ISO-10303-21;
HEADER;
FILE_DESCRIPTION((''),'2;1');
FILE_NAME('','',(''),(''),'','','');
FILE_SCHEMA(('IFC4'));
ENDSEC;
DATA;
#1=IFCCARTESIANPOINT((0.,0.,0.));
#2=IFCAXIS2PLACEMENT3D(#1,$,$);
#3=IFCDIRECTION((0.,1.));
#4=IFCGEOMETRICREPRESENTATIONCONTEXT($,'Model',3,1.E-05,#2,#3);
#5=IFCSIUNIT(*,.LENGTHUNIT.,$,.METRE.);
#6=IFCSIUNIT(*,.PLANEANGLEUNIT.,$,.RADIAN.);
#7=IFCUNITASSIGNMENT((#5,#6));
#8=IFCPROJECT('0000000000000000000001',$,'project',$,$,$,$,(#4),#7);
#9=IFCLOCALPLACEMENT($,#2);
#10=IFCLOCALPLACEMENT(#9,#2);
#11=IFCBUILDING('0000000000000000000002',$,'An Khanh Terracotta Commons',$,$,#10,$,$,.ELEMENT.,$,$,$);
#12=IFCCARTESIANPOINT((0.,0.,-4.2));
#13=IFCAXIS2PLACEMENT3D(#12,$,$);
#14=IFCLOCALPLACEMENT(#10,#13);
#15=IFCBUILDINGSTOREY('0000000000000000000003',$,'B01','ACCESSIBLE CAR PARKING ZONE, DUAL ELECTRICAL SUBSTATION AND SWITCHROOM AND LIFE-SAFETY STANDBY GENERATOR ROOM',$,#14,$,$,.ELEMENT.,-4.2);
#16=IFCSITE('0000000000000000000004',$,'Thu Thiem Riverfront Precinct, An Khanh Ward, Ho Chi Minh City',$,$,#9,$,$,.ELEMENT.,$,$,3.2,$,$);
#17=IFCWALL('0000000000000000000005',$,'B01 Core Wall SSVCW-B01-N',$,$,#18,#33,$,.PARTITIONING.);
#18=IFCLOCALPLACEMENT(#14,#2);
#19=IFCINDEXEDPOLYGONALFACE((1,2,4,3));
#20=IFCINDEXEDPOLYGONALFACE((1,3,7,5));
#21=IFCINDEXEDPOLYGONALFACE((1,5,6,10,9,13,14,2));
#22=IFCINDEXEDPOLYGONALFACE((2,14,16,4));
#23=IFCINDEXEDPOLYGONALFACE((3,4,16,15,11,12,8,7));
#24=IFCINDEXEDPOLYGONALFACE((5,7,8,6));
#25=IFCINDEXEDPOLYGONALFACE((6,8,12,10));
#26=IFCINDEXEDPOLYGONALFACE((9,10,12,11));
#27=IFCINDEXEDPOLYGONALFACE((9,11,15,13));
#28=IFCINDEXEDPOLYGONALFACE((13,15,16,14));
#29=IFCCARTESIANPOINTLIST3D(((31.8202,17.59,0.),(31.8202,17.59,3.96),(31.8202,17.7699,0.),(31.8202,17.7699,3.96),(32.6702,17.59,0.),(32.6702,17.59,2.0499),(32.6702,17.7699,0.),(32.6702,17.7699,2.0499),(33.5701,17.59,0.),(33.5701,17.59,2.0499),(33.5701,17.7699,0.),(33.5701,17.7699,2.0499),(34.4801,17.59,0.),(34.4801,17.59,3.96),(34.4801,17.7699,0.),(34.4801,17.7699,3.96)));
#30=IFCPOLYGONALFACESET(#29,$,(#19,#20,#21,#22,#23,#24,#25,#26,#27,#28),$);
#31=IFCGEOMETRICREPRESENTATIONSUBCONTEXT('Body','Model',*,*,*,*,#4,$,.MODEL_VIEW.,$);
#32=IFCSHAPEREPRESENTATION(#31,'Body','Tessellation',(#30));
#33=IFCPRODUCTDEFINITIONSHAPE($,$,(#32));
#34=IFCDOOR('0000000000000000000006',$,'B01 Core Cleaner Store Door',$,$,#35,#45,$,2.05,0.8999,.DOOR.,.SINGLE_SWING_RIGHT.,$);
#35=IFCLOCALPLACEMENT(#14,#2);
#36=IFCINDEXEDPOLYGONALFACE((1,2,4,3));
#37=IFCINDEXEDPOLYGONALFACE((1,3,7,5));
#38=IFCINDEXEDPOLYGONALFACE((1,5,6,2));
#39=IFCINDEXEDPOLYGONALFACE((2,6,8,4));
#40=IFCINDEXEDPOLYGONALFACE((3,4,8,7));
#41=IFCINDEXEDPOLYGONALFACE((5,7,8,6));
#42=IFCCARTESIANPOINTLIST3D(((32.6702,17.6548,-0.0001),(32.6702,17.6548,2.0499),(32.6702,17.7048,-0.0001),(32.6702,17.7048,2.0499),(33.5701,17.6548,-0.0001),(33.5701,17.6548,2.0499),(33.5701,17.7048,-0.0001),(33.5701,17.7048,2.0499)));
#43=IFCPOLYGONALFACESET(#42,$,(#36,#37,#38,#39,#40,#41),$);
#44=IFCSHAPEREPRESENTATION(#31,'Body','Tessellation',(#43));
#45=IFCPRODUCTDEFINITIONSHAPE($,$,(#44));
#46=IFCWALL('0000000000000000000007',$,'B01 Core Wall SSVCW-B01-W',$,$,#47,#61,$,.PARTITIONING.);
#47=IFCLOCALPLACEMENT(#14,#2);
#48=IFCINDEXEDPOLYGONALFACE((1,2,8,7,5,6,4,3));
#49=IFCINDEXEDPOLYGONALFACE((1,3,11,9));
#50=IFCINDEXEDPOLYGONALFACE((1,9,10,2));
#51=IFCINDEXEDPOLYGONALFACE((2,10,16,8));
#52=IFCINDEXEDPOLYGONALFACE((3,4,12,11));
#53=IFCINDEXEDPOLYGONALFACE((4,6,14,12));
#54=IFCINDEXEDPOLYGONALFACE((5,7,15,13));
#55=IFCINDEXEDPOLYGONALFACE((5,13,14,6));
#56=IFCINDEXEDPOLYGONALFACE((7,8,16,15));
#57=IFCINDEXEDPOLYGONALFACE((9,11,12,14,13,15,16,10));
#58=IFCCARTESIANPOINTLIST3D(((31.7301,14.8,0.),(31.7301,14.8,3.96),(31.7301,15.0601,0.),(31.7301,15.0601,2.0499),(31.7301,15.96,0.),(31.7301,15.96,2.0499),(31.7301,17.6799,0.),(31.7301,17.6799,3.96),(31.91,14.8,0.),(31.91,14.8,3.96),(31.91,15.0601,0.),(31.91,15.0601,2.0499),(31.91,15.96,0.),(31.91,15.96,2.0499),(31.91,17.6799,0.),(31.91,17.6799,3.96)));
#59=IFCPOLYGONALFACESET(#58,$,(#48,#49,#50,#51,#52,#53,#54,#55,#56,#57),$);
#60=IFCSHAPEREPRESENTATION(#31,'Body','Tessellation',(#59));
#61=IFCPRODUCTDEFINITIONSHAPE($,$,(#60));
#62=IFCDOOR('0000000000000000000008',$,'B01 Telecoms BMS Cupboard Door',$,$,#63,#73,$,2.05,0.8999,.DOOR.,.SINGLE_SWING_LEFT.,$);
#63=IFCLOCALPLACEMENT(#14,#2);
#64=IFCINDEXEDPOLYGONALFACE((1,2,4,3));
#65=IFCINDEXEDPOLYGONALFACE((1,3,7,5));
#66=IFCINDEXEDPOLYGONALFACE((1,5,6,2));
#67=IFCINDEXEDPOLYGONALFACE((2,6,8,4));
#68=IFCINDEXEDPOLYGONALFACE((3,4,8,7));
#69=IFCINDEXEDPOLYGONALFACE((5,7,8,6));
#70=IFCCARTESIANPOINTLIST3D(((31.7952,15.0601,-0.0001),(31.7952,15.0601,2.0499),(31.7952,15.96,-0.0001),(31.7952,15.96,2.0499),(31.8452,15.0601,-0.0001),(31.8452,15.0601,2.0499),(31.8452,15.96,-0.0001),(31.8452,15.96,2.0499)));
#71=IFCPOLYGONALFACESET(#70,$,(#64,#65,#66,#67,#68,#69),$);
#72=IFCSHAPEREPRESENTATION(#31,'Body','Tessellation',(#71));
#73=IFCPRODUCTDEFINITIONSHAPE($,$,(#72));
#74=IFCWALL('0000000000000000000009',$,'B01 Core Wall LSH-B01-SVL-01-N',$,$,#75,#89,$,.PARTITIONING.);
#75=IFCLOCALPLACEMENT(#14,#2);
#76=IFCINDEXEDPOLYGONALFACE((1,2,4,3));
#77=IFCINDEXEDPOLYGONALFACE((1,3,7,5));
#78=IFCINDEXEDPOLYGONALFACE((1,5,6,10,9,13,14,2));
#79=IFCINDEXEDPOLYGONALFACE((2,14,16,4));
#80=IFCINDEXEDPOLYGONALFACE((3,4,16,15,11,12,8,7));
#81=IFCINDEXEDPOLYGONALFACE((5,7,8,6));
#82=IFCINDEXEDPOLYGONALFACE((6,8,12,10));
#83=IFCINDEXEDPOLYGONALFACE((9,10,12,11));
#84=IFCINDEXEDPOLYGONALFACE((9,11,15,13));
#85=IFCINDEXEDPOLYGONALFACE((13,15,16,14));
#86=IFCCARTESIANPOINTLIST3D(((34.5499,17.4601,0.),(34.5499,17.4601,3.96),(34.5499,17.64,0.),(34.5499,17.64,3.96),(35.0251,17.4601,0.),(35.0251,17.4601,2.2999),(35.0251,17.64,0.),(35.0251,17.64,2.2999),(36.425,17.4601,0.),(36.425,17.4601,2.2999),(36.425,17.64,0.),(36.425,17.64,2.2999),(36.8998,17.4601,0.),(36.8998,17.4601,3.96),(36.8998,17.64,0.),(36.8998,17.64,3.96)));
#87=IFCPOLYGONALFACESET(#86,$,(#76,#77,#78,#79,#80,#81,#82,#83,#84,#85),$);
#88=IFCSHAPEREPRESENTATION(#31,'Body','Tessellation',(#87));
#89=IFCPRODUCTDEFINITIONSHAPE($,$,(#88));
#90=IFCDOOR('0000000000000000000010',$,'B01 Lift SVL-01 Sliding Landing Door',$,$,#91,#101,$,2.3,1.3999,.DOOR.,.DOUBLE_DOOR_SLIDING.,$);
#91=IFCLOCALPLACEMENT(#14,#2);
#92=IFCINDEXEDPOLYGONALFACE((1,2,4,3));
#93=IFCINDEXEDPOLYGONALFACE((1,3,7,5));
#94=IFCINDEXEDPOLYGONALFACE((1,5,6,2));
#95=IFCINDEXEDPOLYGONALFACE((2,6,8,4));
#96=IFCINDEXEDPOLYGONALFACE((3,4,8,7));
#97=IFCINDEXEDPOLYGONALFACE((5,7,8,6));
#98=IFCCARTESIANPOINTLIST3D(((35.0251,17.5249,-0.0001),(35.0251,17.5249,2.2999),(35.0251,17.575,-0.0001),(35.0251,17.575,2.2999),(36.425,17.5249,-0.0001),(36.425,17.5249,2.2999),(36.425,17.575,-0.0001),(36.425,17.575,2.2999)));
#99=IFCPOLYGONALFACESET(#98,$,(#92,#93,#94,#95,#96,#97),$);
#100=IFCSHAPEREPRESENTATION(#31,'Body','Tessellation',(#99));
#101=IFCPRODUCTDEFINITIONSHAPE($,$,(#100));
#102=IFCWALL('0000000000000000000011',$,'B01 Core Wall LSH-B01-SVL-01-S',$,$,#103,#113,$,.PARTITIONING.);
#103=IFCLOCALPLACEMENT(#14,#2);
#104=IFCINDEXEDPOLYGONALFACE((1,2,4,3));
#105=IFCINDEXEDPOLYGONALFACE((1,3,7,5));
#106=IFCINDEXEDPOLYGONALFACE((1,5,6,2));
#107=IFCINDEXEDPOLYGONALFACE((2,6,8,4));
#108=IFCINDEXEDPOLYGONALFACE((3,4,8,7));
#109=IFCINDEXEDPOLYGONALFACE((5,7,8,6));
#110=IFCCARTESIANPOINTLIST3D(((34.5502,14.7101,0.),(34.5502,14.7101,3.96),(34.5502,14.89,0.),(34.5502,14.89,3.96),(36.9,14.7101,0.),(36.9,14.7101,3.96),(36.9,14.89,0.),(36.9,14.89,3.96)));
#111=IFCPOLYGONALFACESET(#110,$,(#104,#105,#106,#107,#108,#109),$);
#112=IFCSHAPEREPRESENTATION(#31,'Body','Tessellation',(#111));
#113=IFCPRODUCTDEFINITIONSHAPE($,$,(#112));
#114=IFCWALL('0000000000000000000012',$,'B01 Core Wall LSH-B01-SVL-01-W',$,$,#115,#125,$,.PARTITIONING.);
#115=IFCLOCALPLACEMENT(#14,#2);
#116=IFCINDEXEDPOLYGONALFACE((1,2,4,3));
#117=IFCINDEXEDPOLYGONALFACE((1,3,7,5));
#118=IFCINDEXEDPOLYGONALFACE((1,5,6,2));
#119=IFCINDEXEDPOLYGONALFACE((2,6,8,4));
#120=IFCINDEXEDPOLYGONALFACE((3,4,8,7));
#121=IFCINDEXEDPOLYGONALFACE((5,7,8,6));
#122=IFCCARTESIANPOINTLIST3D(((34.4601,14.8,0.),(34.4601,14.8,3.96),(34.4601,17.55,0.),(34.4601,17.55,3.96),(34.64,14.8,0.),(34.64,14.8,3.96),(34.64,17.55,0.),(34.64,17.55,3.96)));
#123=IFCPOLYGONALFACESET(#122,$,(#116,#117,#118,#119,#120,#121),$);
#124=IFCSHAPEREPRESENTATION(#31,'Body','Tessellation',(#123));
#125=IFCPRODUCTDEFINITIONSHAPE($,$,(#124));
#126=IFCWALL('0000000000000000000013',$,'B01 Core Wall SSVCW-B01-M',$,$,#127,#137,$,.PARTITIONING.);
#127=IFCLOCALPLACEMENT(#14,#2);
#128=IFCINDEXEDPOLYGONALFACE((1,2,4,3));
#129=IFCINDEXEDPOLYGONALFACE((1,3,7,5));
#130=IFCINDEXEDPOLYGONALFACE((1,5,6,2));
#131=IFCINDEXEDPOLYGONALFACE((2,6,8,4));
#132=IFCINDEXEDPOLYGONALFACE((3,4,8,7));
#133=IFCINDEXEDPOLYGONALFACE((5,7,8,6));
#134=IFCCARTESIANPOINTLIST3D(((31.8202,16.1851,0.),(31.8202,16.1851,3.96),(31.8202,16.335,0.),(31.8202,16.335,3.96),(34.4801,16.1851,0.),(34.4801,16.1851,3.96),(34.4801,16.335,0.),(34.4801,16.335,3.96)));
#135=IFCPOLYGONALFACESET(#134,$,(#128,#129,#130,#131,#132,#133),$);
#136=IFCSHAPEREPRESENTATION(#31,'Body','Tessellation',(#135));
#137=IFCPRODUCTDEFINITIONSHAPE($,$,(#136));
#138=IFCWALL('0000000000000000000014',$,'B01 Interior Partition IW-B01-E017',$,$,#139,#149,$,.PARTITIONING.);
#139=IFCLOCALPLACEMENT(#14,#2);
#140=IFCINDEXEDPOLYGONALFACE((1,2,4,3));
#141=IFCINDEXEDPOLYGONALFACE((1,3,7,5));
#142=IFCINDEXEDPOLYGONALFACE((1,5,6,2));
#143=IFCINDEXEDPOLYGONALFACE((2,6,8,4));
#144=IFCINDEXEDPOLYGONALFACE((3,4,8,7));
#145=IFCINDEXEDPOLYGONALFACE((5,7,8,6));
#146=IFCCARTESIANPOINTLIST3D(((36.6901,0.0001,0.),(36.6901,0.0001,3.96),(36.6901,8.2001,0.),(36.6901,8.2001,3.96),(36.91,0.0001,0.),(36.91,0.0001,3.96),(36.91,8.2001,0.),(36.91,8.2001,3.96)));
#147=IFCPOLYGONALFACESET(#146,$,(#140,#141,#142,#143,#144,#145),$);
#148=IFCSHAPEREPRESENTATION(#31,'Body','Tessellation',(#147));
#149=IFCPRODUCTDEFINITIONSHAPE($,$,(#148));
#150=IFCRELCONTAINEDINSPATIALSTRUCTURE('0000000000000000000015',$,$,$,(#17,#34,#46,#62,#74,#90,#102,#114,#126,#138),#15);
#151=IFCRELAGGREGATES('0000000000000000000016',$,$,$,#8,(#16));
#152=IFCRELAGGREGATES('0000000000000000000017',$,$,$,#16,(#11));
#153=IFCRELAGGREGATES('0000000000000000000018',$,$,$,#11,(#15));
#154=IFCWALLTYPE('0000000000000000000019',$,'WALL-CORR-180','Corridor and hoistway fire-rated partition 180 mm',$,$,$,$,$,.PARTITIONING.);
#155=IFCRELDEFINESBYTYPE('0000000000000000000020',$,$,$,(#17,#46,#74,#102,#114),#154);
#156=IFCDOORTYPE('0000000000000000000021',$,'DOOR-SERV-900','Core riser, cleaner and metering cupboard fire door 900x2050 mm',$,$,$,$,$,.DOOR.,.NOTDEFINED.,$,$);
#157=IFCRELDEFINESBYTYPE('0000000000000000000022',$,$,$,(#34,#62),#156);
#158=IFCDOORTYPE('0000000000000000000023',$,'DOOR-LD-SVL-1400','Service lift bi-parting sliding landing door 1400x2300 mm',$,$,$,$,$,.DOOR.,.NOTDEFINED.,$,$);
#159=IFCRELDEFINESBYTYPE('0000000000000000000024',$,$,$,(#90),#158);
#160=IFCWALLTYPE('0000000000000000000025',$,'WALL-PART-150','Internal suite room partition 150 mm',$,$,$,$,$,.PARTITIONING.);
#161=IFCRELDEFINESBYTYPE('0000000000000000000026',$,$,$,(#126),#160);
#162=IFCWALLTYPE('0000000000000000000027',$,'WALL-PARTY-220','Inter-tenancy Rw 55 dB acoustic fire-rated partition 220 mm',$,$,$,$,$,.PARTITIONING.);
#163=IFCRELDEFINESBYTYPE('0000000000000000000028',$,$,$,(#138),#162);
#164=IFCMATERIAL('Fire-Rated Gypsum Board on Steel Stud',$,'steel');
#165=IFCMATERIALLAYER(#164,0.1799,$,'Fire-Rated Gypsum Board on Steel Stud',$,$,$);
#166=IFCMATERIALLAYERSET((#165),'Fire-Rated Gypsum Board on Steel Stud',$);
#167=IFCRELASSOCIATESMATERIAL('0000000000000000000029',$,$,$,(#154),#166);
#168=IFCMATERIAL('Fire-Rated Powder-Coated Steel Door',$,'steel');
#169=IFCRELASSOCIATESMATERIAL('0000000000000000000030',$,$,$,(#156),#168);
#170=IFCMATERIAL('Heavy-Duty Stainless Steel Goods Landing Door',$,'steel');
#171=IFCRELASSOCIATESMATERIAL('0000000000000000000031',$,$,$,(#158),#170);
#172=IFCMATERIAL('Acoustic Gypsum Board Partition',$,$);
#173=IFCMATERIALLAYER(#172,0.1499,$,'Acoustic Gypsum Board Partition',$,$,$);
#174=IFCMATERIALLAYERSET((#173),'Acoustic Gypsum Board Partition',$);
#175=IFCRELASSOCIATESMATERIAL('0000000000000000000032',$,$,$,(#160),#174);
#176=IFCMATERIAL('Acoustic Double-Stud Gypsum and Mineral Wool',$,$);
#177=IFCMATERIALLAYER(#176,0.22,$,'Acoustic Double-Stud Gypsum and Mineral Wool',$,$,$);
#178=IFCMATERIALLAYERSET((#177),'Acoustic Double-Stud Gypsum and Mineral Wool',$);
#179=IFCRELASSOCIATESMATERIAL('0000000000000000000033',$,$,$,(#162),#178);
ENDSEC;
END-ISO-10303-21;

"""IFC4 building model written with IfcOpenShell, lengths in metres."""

from ifc_helpers import new_model, si_unit, direction, frame, frame_2d, origin, place, context, subcontext, project, spatial, rectangle, extrude, material, layer, layer_set, type_object, element, fill, save


model = new_model("IFC4")

# Units and contexts
model_context = context("Model", 3, precision=1e-05, world=origin(), true_north=direction((0.0, 1.0)))
body_context = subcontext(model_context, "Body", "Model", "MODEL_VIEW")
ifc_project = project(units=[si_unit("LENGTHUNIT", "METRE"), si_unit("PLANEANGLEUNIT", "RADIAN")], contexts=[model_context])

# Site, building, storey
site_placement = place(None, origin())
site = spatial("IfcSite", under=ifc_project, at=site_placement, Name="Thu Thiem Riverfront Precinct, An Khanh Ward, Ho Chi Minh City", CompositionType="ELEMENT", RefElevation=3.2)
building_placement = place(site_placement, origin())
building = spatial("IfcBuilding", under=site, at=building_placement, Name="An Khanh Terracotta Commons", CompositionType="ELEMENT")
storey_placement = place(building_placement, frame((0.0, 0.0, -4.2)))
storey = spatial("IfcBuildingStorey", under=building, at=storey_placement, Name="B01", Description="ACCESSIBLE CAR PARKING ZONE, DUAL ELECTRICAL SUBSTATION AND SWITCHROOM AND LIFE-SAFETY STANDBY GENERATOR ROOM", CompositionType="ELEMENT", Elevation=-4.2)

# Walls, openings, doors
ifc_material_1 = material(Name="Fire-Rated Gypsum Board on Steel Stud", Category="steel")
ifc_layer_1 = layer(ifc_material_1, 0.1799, Name="Fire-Rated Gypsum Board on Steel Stud")
ifc_layer_set_1 = layer_set([ifc_layer_1], Name="Fire-Rated Gypsum Board on Steel Stud")
wall_type_1 = type_object("IfcWallType", Name="WALL-CORR-180", Description="Corridor and hoistway fire-rated partition 180 mm", PredefinedType="PARTITIONING", material=ifc_layer_set_1)
wall_1_placement = place(storey_placement, frame((31.8201, 17.6799, 0.0), z_axis=(0.0, 0.0, 1.0), x_axis=(1.0, 0.0, 0.0)))
wall_1 = element("IfcWall", 1, at=wall_1_placement, inside=storey, type_object=wall_type_1, Name="B01 Core Wall SSVCW-B01-N", PredefinedType="PARTITIONING", context=body_context, shape_type="SweptSolid", body=[
    extrude(rectangle(XDim=2.6599, YDim=0.1799, at=frame_2d((1.3301, 0.0))), origin(), (0.0, 0.0, 1.0), 3.96),
])
opening_1_placement = place(wall_1_placement, frame((0.8501, 0.0, 0.0)))
opening_1 = element("IfcOpeningElement", 2, at=opening_1_placement, cuts=wall_1, PredefinedType="OPENING", context=body_context, shape_type="SweptSolid", body=[
    extrude(rectangle(XDim=0.8999, YDim=2.05, at=frame_2d((0.45, 1.0249))), frame((0.0, 0.0999, 0.0), z_axis=(0.0, -1.0, 0.0), x_axis=(1.0, 0.0, 0.0)), (0.0, 0.0, 1.0), 0.2),
])
ifc_material_2 = material(Name="Fire-Rated Powder-Coated Steel Door", Category="steel")
door_type_1 = type_object("IfcDoorType", Name="DOOR-SERV-900", Description="Core riser, cleaner and metering cupboard fire door 900x2050 mm", OperationType="NOTDEFINED", PredefinedType="DOOR", material=ifc_material_2)
door_1_placement = place(opening_1_placement, origin())
door_1 = element("IfcDoor", 3, at=door_1_placement, inside=storey, type_object=door_type_1, Name="B01 Core Cleaner Store Door", OperationType="SINGLE_SWING_RIGHT", OverallHeight=2.05, OverallWidth=0.8999, PredefinedType="DOOR", context=body_context, shape_type="SweptSolid", body=[
    extrude(rectangle(XDim=0.8999, YDim=2.05, at=frame_2d((0.45, 1.0249))), frame((0.0, 0.0249, 0.0), z_axis=(0.0, -1.0, 0.0), x_axis=(1.0, 0.0, 0.0)), (0.0, 0.0, 1.0), 0.05),
])
fill(opening_1, door_1)
wall_2_placement = place(storey_placement, frame((31.8201, 14.8, 0.0), z_axis=(0.0, 0.0, 1.0), x_axis=(0.0, 1.0, 0.0)))
wall_2 = element("IfcWall", 4, at=wall_2_placement, inside=storey, type_object=wall_type_1, Name="B01 Core Wall SSVCW-B01-W", PredefinedType="PARTITIONING", context=body_context, shape_type="SweptSolid", body=[
    extrude(rectangle(XDim=2.8799, YDim=0.1799, at=frame_2d((1.4399, 0.0))), origin(), (0.0, 0.0, 1.0), 3.96),
])
opening_2_placement = place(wall_2_placement, frame((0.26, 0.0, 0.0)))
opening_2 = element("IfcOpeningElement", 5, at=opening_2_placement, cuts=wall_2, PredefinedType="OPENING", context=body_context, shape_type="SweptSolid", body=[
    extrude(rectangle(XDim=0.8999, YDim=2.05, at=frame_2d((0.45, 1.0249))), frame((0.0, 0.0999, 0.0), z_axis=(0.0, -1.0, 0.0), x_axis=(1.0, 0.0, 0.0)), (0.0, 0.0, 1.0), 0.2),
])
door_2_placement = place(opening_2_placement, origin())
door_2 = element("IfcDoor", 6, at=door_2_placement, inside=storey, type_object=door_type_1, Name="B01 Telecoms BMS Cupboard Door", OperationType="SINGLE_SWING_LEFT", OverallHeight=2.05, OverallWidth=0.8999, PredefinedType="DOOR", context=body_context, shape_type="SweptSolid", body=[
    extrude(rectangle(XDim=0.8999, YDim=2.05, at=frame_2d((0.45, 1.0249))), frame((0.0, 0.0249, 0.0), z_axis=(0.0, -1.0, 0.0), x_axis=(1.0, 0.0, 0.0)), (0.0, 0.0, 1.0), 0.05),
])
fill(opening_2, door_2)
wall_3_placement = place(storey_placement, frame((34.55, 17.55, 0.0), z_axis=(0.0, 0.0, 1.0), x_axis=(1.0, 0.0, 0.0)))
wall_3 = element("IfcWall", 7, at=wall_3_placement, inside=storey, type_object=wall_type_1, Name="B01 Core Wall LSH-B01-SVL-01-N", PredefinedType="PARTITIONING", context=body_context, shape_type="SweptSolid", body=[
    extrude(rectangle(XDim=2.3499, YDim=0.1799, at=frame_2d((1.1748, 0.0))), origin(), (0.0, 0.0, 1.0), 3.96),
])
opening_3_placement = place(wall_3_placement, frame((0.4751, 0.0, 0.0)))
opening_3 = element("IfcOpeningElement", 8, at=opening_3_placement, cuts=wall_3, PredefinedType="OPENING", context=body_context, shape_type="SweptSolid", body=[
    extrude(rectangle(XDim=1.3999, YDim=2.3, at=frame_2d((0.7, 1.1499))), frame((0.0, 0.0999, 0.0), z_axis=(0.0, -1.0, 0.0), x_axis=(1.0, 0.0, 0.0)), (0.0, 0.0, 1.0), 0.2),
])
ifc_material_3 = material(Name="Heavy-Duty Stainless Steel Goods Landing Door", Category="steel")
door_type_2 = type_object("IfcDoorType", Name="DOOR-LD-SVL-1400", Description="Service lift bi-parting sliding landing door 1400x2300 mm", OperationType="NOTDEFINED", PredefinedType="DOOR", material=ifc_material_3)
door_3_placement = place(opening_3_placement, origin())
door_3 = element("IfcDoor", 9, at=door_3_placement, inside=storey, type_object=door_type_2, Name="B01 Lift SVL-01 Sliding Landing Door", OperationType="DOUBLE_DOOR_SLIDING", OverallHeight=2.3, OverallWidth=1.3999, PredefinedType="DOOR", context=body_context, shape_type="SweptSolid", body=[
    extrude(rectangle(XDim=1.3999, YDim=2.3, at=frame_2d((0.7, 1.1499))), frame((0.0, 0.0249, 0.0), z_axis=(0.0, -1.0, 0.0), x_axis=(1.0, 0.0, 0.0)), (0.0, 0.0, 1.0), 0.05),
])
fill(opening_3, door_3)

# Walls
wall_4_placement = place(storey_placement, frame((36.8999, 14.8, 0.0), z_axis=(0.0, 0.0, 1.0), x_axis=(-1.0, 0.0, 0.0)))
element("IfcWall", 10, at=wall_4_placement, inside=storey, type_object=wall_type_1, Name="B01 Core Wall LSH-B01-SVL-01-S", PredefinedType="PARTITIONING", context=body_context, shape_type="SweptSolid", body=[
    extrude(rectangle(XDim=2.3499, YDim=0.1799, at=frame_2d((1.1748, 0.0))), origin(), (0.0, 0.0, 1.0), 3.96),
])
wall_5_placement = place(storey_placement, frame((34.55, 17.55, 0.0), z_axis=(0.0, 0.0, 1.0), x_axis=(0.0, -1.0, 0.0)))
element("IfcWall", 11, at=wall_5_placement, inside=storey, type_object=wall_type_1, Name="B01 Core Wall LSH-B01-SVL-01-W", PredefinedType="PARTITIONING", context=body_context, shape_type="SweptSolid", body=[
    extrude(rectangle(XDim=2.75, YDim=0.1799, at=frame_2d((1.375, 0.0))), origin(), (0.0, 0.0, 1.0), 3.96),
])
ifc_material_4 = material(Name="Acoustic Gypsum Board Partition")
ifc_layer_2 = layer(ifc_material_4, 0.1499, Name="Acoustic Gypsum Board Partition")
ifc_layer_set_2 = layer_set([ifc_layer_2], Name="Acoustic Gypsum Board Partition")
wall_type_2 = type_object("IfcWallType", Name="WALL-PART-150", Description="Internal suite room partition 150 mm", PredefinedType="PARTITIONING", material=ifc_layer_set_2)
wall_6_placement = place(storey_placement, frame((31.8201, 16.26, 0.0), z_axis=(0.0, 0.0, 1.0), x_axis=(1.0, 0.0, 0.0)))
element("IfcWall", 12, at=wall_6_placement, inside=storey, type_object=wall_type_2, Name="B01 Core Wall SSVCW-B01-M", PredefinedType="PARTITIONING", context=body_context, shape_type="SweptSolid", body=[
    extrude(rectangle(XDim=2.6599, YDim=0.1499, at=frame_2d((1.3301, 0.0))), origin(), (0.0, 0.0, 1.0), 3.96),
])
ifc_material_5 = material(Name="Acoustic Double-Stud Gypsum and Mineral Wool")
ifc_layer_3 = layer(ifc_material_5, 0.22, Name="Acoustic Double-Stud Gypsum and Mineral Wool")
ifc_layer_set_3 = layer_set([ifc_layer_3], Name="Acoustic Double-Stud Gypsum and Mineral Wool")
wall_type_3 = type_object("IfcWallType", Name="WALL-PARTY-220", Description="Inter-tenancy Rw 55 dB acoustic fire-rated partition 220 mm", PredefinedType="PARTITIONING", material=ifc_layer_set_3)
wall_7_placement = place(storey_placement, frame((36.8, 0.0, 0.0), z_axis=(0.0, 0.0, 1.0), x_axis=(0.0, 1.0, 0.0)))
element("IfcWall", 13, at=wall_7_placement, inside=storey, type_object=wall_type_3, Name="B01 Interior Partition IW-B01-E017", PredefinedType="PARTITIONING", context=body_context, shape_type="SweptSolid", body=[
    extrude(rectangle(XDim=8.2, YDim=0.22, at=frame_2d((4.1001, 0.0))), origin(), (0.0, 0.0, 1.0), 3.96),
])

save(model, "model.ifc")
